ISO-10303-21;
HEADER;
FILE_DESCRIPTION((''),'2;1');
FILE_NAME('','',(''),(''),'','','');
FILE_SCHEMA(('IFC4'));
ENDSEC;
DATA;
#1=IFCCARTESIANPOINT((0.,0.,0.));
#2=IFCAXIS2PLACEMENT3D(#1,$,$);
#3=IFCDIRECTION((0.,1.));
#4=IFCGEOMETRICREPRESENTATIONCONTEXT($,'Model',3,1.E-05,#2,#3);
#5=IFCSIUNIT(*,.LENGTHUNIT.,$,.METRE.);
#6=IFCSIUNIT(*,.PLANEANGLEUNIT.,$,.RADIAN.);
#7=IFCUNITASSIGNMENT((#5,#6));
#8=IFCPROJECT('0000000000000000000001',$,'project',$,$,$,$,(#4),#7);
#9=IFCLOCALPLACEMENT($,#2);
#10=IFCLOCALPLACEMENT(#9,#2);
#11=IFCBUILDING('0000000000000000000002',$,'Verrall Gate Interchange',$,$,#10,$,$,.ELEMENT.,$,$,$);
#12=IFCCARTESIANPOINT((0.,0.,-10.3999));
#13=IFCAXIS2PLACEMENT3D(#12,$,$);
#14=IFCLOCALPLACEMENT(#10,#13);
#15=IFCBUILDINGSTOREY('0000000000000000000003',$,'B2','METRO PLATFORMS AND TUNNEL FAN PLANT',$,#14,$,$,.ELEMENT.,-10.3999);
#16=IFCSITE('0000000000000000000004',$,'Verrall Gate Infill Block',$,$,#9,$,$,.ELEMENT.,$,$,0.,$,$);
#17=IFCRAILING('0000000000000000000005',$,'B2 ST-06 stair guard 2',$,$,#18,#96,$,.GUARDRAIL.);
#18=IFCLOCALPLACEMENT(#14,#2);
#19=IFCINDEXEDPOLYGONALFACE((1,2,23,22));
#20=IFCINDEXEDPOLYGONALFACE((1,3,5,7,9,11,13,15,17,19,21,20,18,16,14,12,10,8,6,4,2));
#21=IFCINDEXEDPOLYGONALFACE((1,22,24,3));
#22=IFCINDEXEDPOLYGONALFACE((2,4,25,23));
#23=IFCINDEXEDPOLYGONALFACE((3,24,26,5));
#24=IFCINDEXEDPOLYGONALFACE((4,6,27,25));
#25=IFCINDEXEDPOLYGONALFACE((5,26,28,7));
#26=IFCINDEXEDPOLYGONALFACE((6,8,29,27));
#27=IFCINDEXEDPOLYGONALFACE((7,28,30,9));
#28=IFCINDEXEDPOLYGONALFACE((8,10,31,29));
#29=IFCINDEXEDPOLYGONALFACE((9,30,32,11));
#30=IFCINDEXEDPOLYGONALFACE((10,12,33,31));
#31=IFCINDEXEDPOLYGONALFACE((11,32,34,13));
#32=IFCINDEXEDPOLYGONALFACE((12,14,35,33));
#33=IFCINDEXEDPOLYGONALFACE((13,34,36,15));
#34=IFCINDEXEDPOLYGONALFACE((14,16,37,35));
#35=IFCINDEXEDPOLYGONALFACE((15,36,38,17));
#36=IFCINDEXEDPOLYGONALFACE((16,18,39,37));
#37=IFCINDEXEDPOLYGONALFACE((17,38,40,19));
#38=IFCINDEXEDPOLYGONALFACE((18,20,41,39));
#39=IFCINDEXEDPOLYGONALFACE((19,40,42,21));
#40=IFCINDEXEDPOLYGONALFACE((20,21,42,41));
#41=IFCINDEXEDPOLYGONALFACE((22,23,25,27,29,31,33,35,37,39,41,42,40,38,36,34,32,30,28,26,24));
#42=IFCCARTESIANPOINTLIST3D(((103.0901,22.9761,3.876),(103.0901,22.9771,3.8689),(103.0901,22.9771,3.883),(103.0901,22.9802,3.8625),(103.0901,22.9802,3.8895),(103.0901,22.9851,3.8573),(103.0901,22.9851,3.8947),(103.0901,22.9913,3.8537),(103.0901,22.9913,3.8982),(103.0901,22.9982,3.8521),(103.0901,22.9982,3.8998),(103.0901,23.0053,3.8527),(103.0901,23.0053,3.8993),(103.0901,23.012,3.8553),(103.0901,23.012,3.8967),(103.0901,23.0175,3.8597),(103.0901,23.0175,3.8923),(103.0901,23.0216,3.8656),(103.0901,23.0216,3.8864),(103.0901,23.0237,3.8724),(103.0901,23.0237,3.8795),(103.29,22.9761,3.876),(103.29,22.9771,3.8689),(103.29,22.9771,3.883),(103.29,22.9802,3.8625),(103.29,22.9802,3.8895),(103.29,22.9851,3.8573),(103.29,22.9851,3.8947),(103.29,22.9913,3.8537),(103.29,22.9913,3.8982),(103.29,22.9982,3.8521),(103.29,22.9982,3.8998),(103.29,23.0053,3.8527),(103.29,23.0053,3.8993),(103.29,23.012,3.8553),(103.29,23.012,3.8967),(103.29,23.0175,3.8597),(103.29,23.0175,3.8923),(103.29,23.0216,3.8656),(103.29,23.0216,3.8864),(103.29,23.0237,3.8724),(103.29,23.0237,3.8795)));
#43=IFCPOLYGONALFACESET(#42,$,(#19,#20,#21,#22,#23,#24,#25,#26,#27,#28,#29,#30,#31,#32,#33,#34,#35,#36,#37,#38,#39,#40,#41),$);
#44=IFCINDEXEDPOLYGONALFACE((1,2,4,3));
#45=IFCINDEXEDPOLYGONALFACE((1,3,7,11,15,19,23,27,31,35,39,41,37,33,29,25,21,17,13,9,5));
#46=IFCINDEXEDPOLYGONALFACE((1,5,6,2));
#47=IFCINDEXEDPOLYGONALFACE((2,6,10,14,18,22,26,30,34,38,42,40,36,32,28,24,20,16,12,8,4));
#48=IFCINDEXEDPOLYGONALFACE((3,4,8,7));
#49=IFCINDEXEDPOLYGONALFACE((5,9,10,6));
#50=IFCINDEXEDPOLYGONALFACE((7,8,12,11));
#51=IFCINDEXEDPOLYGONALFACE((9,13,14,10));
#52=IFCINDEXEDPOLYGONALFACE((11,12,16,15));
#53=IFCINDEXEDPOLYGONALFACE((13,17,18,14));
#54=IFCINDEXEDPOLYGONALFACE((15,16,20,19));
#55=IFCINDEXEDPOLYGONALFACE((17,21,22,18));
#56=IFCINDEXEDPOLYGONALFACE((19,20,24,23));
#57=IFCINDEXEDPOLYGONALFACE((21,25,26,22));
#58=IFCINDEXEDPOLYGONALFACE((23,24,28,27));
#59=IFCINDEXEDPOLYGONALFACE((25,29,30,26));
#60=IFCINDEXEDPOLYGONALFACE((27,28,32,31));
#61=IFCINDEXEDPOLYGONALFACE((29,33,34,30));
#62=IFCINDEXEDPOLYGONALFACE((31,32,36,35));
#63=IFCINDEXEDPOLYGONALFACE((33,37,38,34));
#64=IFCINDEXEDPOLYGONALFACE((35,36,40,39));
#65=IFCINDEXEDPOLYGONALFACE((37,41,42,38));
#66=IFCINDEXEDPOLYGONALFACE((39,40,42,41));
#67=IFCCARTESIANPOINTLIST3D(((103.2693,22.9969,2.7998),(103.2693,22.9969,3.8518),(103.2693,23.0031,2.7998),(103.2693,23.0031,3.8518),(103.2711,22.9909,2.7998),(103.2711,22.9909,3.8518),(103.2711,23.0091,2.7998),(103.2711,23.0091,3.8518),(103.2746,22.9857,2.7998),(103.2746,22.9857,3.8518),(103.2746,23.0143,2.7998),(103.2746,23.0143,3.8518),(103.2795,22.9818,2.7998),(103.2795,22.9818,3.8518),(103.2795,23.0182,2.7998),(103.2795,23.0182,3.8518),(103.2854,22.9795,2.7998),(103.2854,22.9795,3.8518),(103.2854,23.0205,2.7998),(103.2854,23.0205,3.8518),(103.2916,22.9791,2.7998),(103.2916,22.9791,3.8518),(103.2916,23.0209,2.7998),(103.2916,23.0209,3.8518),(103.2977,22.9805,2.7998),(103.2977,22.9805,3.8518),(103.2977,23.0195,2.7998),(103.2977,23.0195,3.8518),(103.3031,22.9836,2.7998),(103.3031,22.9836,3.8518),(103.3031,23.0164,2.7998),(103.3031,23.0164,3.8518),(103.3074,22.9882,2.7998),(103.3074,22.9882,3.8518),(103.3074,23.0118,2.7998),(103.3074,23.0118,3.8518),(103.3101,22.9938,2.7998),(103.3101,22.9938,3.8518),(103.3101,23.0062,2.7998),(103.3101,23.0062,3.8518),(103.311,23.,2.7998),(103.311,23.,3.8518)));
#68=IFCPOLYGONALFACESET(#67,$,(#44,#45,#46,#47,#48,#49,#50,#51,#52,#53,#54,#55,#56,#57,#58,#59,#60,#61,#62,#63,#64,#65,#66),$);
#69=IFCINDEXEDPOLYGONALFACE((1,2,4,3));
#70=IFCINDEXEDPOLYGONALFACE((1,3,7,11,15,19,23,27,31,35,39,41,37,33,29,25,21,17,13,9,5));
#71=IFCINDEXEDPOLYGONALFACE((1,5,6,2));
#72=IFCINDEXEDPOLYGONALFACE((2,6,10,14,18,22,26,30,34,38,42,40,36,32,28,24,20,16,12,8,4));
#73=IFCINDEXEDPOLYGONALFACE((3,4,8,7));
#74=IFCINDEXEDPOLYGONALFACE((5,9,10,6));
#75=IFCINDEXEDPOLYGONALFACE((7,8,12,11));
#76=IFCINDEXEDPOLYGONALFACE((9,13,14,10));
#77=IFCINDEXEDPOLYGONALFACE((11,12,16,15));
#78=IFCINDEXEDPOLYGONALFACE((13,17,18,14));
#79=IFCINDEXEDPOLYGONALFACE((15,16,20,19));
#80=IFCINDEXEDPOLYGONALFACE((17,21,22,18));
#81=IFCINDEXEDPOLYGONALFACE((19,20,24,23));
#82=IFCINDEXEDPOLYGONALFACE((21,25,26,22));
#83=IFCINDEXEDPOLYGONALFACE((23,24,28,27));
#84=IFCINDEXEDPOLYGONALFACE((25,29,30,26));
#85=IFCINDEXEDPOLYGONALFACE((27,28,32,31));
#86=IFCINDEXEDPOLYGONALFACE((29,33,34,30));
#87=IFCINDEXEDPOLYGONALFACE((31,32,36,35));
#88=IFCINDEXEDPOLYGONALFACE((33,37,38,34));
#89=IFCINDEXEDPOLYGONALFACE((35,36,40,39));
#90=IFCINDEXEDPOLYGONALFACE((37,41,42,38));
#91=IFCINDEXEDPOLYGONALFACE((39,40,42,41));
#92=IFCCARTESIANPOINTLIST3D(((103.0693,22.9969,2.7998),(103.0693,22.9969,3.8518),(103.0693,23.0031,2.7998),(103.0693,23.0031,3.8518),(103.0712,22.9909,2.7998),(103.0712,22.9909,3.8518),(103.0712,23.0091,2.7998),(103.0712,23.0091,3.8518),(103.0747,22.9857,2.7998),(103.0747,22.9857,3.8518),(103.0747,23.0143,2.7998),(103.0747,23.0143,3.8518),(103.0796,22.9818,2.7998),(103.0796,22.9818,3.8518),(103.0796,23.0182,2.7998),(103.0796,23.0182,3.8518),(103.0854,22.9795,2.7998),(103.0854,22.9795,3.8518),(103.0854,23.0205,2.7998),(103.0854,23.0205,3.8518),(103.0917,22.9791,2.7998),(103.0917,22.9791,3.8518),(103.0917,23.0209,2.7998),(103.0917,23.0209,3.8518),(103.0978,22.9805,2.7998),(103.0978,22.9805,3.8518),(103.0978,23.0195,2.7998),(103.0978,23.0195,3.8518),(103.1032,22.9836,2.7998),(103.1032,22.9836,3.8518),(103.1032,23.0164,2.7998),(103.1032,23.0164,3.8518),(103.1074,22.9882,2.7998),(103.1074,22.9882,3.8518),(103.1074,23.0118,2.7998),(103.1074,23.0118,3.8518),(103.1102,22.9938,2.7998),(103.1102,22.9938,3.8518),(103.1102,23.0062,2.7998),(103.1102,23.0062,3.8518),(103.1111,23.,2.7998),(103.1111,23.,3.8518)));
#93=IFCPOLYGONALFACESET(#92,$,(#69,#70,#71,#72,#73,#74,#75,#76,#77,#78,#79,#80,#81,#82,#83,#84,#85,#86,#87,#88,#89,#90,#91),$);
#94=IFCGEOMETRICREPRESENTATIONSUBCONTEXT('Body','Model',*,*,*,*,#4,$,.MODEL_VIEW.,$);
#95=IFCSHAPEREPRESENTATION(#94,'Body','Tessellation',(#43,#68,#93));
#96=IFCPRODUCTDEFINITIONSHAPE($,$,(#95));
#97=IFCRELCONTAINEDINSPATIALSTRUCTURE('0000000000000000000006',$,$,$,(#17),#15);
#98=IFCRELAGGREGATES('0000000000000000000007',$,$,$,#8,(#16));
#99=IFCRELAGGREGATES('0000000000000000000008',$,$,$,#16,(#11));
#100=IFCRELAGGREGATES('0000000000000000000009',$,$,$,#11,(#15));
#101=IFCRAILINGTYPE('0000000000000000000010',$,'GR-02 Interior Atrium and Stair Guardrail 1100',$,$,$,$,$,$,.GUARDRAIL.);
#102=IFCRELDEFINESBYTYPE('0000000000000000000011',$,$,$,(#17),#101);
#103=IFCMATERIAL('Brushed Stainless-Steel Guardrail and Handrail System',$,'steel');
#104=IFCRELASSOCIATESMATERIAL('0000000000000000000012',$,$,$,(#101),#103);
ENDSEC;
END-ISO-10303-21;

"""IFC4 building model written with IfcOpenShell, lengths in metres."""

from ifc_helpers import new_model, si_unit, direction, frame, origin, origin_2d, place, context, subcontext, project, spatial, circle, extrude, material, type_object, element, save


model = new_model("IFC4")

# Units and contexts
model_context = context("Model", 3, precision=1e-05, world=origin(), true_north=direction((0.0, 1.0)))
body_context = subcontext(model_context, "Body", "Model", "MODEL_VIEW")
ifc_project = project(units=[si_unit("LENGTHUNIT", "METRE"), si_unit("PLANEANGLEUNIT", "RADIAN")], contexts=[model_context])

# Site, building, storey
site_placement = place(None, origin())
site = spatial("IfcSite", under=ifc_project, at=site_placement, Name="Verrall Gate Infill Block", CompositionType="ELEMENT", RefElevation=0.0)
building_placement = place(site_placement, origin())
building = spatial("IfcBuilding", under=site, at=building_placement, Name="Verrall Gate Interchange", CompositionType="ELEMENT")
storey_placement = place(building_placement, frame((0.0, 0.0, -10.3999)))
storey = spatial("IfcBuildingStorey", under=building, at=storey_placement, Name="B2", Description="METRO PLATFORMS AND TUNNEL FAN PLANT", CompositionType="ELEMENT", Elevation=-10.3999)

# Railing
ifc_material_1 = material(Name="Brushed Stainless-Steel Guardrail and Handrail System", Category="steel")
railing_type_1 = type_object("IfcRailingType", Name="GR-02 Interior Atrium and Stair Guardrail 1100", PredefinedType="GUARDRAIL", material=ifc_material_1)
railing_1_placement = place(storey_placement, frame((103.29, 23.0, 2.7998)))
element("IfcRailing", 1, at=railing_1_placement, inside=storey, type_object=railing_type_1, Name="B2 ST-06 stair guard 2", PredefinedType="GUARDRAIL", context=body_context, shape_type="SweptSolid", body=[
    extrude(circle(Radius=0.0239, at=origin_2d()), frame((0.0, 0.0, 1.0762), z_axis=(-1.0, 0.0, 0.0), x_axis=(0.0, -1.0, 0.0)), (0.0, 0.0, 1.0), 0.2),
    extrude(circle(Radius=0.021, at=origin_2d()), origin(), (0.0, 0.0, 1.0), 1.052),
    extrude(circle(Radius=0.021, at=origin_2d()), frame((-0.2, 0.0, 0.0)), (0.0, 0.0, 1.0), 1.052),
])

save(model, "model.ifc")
